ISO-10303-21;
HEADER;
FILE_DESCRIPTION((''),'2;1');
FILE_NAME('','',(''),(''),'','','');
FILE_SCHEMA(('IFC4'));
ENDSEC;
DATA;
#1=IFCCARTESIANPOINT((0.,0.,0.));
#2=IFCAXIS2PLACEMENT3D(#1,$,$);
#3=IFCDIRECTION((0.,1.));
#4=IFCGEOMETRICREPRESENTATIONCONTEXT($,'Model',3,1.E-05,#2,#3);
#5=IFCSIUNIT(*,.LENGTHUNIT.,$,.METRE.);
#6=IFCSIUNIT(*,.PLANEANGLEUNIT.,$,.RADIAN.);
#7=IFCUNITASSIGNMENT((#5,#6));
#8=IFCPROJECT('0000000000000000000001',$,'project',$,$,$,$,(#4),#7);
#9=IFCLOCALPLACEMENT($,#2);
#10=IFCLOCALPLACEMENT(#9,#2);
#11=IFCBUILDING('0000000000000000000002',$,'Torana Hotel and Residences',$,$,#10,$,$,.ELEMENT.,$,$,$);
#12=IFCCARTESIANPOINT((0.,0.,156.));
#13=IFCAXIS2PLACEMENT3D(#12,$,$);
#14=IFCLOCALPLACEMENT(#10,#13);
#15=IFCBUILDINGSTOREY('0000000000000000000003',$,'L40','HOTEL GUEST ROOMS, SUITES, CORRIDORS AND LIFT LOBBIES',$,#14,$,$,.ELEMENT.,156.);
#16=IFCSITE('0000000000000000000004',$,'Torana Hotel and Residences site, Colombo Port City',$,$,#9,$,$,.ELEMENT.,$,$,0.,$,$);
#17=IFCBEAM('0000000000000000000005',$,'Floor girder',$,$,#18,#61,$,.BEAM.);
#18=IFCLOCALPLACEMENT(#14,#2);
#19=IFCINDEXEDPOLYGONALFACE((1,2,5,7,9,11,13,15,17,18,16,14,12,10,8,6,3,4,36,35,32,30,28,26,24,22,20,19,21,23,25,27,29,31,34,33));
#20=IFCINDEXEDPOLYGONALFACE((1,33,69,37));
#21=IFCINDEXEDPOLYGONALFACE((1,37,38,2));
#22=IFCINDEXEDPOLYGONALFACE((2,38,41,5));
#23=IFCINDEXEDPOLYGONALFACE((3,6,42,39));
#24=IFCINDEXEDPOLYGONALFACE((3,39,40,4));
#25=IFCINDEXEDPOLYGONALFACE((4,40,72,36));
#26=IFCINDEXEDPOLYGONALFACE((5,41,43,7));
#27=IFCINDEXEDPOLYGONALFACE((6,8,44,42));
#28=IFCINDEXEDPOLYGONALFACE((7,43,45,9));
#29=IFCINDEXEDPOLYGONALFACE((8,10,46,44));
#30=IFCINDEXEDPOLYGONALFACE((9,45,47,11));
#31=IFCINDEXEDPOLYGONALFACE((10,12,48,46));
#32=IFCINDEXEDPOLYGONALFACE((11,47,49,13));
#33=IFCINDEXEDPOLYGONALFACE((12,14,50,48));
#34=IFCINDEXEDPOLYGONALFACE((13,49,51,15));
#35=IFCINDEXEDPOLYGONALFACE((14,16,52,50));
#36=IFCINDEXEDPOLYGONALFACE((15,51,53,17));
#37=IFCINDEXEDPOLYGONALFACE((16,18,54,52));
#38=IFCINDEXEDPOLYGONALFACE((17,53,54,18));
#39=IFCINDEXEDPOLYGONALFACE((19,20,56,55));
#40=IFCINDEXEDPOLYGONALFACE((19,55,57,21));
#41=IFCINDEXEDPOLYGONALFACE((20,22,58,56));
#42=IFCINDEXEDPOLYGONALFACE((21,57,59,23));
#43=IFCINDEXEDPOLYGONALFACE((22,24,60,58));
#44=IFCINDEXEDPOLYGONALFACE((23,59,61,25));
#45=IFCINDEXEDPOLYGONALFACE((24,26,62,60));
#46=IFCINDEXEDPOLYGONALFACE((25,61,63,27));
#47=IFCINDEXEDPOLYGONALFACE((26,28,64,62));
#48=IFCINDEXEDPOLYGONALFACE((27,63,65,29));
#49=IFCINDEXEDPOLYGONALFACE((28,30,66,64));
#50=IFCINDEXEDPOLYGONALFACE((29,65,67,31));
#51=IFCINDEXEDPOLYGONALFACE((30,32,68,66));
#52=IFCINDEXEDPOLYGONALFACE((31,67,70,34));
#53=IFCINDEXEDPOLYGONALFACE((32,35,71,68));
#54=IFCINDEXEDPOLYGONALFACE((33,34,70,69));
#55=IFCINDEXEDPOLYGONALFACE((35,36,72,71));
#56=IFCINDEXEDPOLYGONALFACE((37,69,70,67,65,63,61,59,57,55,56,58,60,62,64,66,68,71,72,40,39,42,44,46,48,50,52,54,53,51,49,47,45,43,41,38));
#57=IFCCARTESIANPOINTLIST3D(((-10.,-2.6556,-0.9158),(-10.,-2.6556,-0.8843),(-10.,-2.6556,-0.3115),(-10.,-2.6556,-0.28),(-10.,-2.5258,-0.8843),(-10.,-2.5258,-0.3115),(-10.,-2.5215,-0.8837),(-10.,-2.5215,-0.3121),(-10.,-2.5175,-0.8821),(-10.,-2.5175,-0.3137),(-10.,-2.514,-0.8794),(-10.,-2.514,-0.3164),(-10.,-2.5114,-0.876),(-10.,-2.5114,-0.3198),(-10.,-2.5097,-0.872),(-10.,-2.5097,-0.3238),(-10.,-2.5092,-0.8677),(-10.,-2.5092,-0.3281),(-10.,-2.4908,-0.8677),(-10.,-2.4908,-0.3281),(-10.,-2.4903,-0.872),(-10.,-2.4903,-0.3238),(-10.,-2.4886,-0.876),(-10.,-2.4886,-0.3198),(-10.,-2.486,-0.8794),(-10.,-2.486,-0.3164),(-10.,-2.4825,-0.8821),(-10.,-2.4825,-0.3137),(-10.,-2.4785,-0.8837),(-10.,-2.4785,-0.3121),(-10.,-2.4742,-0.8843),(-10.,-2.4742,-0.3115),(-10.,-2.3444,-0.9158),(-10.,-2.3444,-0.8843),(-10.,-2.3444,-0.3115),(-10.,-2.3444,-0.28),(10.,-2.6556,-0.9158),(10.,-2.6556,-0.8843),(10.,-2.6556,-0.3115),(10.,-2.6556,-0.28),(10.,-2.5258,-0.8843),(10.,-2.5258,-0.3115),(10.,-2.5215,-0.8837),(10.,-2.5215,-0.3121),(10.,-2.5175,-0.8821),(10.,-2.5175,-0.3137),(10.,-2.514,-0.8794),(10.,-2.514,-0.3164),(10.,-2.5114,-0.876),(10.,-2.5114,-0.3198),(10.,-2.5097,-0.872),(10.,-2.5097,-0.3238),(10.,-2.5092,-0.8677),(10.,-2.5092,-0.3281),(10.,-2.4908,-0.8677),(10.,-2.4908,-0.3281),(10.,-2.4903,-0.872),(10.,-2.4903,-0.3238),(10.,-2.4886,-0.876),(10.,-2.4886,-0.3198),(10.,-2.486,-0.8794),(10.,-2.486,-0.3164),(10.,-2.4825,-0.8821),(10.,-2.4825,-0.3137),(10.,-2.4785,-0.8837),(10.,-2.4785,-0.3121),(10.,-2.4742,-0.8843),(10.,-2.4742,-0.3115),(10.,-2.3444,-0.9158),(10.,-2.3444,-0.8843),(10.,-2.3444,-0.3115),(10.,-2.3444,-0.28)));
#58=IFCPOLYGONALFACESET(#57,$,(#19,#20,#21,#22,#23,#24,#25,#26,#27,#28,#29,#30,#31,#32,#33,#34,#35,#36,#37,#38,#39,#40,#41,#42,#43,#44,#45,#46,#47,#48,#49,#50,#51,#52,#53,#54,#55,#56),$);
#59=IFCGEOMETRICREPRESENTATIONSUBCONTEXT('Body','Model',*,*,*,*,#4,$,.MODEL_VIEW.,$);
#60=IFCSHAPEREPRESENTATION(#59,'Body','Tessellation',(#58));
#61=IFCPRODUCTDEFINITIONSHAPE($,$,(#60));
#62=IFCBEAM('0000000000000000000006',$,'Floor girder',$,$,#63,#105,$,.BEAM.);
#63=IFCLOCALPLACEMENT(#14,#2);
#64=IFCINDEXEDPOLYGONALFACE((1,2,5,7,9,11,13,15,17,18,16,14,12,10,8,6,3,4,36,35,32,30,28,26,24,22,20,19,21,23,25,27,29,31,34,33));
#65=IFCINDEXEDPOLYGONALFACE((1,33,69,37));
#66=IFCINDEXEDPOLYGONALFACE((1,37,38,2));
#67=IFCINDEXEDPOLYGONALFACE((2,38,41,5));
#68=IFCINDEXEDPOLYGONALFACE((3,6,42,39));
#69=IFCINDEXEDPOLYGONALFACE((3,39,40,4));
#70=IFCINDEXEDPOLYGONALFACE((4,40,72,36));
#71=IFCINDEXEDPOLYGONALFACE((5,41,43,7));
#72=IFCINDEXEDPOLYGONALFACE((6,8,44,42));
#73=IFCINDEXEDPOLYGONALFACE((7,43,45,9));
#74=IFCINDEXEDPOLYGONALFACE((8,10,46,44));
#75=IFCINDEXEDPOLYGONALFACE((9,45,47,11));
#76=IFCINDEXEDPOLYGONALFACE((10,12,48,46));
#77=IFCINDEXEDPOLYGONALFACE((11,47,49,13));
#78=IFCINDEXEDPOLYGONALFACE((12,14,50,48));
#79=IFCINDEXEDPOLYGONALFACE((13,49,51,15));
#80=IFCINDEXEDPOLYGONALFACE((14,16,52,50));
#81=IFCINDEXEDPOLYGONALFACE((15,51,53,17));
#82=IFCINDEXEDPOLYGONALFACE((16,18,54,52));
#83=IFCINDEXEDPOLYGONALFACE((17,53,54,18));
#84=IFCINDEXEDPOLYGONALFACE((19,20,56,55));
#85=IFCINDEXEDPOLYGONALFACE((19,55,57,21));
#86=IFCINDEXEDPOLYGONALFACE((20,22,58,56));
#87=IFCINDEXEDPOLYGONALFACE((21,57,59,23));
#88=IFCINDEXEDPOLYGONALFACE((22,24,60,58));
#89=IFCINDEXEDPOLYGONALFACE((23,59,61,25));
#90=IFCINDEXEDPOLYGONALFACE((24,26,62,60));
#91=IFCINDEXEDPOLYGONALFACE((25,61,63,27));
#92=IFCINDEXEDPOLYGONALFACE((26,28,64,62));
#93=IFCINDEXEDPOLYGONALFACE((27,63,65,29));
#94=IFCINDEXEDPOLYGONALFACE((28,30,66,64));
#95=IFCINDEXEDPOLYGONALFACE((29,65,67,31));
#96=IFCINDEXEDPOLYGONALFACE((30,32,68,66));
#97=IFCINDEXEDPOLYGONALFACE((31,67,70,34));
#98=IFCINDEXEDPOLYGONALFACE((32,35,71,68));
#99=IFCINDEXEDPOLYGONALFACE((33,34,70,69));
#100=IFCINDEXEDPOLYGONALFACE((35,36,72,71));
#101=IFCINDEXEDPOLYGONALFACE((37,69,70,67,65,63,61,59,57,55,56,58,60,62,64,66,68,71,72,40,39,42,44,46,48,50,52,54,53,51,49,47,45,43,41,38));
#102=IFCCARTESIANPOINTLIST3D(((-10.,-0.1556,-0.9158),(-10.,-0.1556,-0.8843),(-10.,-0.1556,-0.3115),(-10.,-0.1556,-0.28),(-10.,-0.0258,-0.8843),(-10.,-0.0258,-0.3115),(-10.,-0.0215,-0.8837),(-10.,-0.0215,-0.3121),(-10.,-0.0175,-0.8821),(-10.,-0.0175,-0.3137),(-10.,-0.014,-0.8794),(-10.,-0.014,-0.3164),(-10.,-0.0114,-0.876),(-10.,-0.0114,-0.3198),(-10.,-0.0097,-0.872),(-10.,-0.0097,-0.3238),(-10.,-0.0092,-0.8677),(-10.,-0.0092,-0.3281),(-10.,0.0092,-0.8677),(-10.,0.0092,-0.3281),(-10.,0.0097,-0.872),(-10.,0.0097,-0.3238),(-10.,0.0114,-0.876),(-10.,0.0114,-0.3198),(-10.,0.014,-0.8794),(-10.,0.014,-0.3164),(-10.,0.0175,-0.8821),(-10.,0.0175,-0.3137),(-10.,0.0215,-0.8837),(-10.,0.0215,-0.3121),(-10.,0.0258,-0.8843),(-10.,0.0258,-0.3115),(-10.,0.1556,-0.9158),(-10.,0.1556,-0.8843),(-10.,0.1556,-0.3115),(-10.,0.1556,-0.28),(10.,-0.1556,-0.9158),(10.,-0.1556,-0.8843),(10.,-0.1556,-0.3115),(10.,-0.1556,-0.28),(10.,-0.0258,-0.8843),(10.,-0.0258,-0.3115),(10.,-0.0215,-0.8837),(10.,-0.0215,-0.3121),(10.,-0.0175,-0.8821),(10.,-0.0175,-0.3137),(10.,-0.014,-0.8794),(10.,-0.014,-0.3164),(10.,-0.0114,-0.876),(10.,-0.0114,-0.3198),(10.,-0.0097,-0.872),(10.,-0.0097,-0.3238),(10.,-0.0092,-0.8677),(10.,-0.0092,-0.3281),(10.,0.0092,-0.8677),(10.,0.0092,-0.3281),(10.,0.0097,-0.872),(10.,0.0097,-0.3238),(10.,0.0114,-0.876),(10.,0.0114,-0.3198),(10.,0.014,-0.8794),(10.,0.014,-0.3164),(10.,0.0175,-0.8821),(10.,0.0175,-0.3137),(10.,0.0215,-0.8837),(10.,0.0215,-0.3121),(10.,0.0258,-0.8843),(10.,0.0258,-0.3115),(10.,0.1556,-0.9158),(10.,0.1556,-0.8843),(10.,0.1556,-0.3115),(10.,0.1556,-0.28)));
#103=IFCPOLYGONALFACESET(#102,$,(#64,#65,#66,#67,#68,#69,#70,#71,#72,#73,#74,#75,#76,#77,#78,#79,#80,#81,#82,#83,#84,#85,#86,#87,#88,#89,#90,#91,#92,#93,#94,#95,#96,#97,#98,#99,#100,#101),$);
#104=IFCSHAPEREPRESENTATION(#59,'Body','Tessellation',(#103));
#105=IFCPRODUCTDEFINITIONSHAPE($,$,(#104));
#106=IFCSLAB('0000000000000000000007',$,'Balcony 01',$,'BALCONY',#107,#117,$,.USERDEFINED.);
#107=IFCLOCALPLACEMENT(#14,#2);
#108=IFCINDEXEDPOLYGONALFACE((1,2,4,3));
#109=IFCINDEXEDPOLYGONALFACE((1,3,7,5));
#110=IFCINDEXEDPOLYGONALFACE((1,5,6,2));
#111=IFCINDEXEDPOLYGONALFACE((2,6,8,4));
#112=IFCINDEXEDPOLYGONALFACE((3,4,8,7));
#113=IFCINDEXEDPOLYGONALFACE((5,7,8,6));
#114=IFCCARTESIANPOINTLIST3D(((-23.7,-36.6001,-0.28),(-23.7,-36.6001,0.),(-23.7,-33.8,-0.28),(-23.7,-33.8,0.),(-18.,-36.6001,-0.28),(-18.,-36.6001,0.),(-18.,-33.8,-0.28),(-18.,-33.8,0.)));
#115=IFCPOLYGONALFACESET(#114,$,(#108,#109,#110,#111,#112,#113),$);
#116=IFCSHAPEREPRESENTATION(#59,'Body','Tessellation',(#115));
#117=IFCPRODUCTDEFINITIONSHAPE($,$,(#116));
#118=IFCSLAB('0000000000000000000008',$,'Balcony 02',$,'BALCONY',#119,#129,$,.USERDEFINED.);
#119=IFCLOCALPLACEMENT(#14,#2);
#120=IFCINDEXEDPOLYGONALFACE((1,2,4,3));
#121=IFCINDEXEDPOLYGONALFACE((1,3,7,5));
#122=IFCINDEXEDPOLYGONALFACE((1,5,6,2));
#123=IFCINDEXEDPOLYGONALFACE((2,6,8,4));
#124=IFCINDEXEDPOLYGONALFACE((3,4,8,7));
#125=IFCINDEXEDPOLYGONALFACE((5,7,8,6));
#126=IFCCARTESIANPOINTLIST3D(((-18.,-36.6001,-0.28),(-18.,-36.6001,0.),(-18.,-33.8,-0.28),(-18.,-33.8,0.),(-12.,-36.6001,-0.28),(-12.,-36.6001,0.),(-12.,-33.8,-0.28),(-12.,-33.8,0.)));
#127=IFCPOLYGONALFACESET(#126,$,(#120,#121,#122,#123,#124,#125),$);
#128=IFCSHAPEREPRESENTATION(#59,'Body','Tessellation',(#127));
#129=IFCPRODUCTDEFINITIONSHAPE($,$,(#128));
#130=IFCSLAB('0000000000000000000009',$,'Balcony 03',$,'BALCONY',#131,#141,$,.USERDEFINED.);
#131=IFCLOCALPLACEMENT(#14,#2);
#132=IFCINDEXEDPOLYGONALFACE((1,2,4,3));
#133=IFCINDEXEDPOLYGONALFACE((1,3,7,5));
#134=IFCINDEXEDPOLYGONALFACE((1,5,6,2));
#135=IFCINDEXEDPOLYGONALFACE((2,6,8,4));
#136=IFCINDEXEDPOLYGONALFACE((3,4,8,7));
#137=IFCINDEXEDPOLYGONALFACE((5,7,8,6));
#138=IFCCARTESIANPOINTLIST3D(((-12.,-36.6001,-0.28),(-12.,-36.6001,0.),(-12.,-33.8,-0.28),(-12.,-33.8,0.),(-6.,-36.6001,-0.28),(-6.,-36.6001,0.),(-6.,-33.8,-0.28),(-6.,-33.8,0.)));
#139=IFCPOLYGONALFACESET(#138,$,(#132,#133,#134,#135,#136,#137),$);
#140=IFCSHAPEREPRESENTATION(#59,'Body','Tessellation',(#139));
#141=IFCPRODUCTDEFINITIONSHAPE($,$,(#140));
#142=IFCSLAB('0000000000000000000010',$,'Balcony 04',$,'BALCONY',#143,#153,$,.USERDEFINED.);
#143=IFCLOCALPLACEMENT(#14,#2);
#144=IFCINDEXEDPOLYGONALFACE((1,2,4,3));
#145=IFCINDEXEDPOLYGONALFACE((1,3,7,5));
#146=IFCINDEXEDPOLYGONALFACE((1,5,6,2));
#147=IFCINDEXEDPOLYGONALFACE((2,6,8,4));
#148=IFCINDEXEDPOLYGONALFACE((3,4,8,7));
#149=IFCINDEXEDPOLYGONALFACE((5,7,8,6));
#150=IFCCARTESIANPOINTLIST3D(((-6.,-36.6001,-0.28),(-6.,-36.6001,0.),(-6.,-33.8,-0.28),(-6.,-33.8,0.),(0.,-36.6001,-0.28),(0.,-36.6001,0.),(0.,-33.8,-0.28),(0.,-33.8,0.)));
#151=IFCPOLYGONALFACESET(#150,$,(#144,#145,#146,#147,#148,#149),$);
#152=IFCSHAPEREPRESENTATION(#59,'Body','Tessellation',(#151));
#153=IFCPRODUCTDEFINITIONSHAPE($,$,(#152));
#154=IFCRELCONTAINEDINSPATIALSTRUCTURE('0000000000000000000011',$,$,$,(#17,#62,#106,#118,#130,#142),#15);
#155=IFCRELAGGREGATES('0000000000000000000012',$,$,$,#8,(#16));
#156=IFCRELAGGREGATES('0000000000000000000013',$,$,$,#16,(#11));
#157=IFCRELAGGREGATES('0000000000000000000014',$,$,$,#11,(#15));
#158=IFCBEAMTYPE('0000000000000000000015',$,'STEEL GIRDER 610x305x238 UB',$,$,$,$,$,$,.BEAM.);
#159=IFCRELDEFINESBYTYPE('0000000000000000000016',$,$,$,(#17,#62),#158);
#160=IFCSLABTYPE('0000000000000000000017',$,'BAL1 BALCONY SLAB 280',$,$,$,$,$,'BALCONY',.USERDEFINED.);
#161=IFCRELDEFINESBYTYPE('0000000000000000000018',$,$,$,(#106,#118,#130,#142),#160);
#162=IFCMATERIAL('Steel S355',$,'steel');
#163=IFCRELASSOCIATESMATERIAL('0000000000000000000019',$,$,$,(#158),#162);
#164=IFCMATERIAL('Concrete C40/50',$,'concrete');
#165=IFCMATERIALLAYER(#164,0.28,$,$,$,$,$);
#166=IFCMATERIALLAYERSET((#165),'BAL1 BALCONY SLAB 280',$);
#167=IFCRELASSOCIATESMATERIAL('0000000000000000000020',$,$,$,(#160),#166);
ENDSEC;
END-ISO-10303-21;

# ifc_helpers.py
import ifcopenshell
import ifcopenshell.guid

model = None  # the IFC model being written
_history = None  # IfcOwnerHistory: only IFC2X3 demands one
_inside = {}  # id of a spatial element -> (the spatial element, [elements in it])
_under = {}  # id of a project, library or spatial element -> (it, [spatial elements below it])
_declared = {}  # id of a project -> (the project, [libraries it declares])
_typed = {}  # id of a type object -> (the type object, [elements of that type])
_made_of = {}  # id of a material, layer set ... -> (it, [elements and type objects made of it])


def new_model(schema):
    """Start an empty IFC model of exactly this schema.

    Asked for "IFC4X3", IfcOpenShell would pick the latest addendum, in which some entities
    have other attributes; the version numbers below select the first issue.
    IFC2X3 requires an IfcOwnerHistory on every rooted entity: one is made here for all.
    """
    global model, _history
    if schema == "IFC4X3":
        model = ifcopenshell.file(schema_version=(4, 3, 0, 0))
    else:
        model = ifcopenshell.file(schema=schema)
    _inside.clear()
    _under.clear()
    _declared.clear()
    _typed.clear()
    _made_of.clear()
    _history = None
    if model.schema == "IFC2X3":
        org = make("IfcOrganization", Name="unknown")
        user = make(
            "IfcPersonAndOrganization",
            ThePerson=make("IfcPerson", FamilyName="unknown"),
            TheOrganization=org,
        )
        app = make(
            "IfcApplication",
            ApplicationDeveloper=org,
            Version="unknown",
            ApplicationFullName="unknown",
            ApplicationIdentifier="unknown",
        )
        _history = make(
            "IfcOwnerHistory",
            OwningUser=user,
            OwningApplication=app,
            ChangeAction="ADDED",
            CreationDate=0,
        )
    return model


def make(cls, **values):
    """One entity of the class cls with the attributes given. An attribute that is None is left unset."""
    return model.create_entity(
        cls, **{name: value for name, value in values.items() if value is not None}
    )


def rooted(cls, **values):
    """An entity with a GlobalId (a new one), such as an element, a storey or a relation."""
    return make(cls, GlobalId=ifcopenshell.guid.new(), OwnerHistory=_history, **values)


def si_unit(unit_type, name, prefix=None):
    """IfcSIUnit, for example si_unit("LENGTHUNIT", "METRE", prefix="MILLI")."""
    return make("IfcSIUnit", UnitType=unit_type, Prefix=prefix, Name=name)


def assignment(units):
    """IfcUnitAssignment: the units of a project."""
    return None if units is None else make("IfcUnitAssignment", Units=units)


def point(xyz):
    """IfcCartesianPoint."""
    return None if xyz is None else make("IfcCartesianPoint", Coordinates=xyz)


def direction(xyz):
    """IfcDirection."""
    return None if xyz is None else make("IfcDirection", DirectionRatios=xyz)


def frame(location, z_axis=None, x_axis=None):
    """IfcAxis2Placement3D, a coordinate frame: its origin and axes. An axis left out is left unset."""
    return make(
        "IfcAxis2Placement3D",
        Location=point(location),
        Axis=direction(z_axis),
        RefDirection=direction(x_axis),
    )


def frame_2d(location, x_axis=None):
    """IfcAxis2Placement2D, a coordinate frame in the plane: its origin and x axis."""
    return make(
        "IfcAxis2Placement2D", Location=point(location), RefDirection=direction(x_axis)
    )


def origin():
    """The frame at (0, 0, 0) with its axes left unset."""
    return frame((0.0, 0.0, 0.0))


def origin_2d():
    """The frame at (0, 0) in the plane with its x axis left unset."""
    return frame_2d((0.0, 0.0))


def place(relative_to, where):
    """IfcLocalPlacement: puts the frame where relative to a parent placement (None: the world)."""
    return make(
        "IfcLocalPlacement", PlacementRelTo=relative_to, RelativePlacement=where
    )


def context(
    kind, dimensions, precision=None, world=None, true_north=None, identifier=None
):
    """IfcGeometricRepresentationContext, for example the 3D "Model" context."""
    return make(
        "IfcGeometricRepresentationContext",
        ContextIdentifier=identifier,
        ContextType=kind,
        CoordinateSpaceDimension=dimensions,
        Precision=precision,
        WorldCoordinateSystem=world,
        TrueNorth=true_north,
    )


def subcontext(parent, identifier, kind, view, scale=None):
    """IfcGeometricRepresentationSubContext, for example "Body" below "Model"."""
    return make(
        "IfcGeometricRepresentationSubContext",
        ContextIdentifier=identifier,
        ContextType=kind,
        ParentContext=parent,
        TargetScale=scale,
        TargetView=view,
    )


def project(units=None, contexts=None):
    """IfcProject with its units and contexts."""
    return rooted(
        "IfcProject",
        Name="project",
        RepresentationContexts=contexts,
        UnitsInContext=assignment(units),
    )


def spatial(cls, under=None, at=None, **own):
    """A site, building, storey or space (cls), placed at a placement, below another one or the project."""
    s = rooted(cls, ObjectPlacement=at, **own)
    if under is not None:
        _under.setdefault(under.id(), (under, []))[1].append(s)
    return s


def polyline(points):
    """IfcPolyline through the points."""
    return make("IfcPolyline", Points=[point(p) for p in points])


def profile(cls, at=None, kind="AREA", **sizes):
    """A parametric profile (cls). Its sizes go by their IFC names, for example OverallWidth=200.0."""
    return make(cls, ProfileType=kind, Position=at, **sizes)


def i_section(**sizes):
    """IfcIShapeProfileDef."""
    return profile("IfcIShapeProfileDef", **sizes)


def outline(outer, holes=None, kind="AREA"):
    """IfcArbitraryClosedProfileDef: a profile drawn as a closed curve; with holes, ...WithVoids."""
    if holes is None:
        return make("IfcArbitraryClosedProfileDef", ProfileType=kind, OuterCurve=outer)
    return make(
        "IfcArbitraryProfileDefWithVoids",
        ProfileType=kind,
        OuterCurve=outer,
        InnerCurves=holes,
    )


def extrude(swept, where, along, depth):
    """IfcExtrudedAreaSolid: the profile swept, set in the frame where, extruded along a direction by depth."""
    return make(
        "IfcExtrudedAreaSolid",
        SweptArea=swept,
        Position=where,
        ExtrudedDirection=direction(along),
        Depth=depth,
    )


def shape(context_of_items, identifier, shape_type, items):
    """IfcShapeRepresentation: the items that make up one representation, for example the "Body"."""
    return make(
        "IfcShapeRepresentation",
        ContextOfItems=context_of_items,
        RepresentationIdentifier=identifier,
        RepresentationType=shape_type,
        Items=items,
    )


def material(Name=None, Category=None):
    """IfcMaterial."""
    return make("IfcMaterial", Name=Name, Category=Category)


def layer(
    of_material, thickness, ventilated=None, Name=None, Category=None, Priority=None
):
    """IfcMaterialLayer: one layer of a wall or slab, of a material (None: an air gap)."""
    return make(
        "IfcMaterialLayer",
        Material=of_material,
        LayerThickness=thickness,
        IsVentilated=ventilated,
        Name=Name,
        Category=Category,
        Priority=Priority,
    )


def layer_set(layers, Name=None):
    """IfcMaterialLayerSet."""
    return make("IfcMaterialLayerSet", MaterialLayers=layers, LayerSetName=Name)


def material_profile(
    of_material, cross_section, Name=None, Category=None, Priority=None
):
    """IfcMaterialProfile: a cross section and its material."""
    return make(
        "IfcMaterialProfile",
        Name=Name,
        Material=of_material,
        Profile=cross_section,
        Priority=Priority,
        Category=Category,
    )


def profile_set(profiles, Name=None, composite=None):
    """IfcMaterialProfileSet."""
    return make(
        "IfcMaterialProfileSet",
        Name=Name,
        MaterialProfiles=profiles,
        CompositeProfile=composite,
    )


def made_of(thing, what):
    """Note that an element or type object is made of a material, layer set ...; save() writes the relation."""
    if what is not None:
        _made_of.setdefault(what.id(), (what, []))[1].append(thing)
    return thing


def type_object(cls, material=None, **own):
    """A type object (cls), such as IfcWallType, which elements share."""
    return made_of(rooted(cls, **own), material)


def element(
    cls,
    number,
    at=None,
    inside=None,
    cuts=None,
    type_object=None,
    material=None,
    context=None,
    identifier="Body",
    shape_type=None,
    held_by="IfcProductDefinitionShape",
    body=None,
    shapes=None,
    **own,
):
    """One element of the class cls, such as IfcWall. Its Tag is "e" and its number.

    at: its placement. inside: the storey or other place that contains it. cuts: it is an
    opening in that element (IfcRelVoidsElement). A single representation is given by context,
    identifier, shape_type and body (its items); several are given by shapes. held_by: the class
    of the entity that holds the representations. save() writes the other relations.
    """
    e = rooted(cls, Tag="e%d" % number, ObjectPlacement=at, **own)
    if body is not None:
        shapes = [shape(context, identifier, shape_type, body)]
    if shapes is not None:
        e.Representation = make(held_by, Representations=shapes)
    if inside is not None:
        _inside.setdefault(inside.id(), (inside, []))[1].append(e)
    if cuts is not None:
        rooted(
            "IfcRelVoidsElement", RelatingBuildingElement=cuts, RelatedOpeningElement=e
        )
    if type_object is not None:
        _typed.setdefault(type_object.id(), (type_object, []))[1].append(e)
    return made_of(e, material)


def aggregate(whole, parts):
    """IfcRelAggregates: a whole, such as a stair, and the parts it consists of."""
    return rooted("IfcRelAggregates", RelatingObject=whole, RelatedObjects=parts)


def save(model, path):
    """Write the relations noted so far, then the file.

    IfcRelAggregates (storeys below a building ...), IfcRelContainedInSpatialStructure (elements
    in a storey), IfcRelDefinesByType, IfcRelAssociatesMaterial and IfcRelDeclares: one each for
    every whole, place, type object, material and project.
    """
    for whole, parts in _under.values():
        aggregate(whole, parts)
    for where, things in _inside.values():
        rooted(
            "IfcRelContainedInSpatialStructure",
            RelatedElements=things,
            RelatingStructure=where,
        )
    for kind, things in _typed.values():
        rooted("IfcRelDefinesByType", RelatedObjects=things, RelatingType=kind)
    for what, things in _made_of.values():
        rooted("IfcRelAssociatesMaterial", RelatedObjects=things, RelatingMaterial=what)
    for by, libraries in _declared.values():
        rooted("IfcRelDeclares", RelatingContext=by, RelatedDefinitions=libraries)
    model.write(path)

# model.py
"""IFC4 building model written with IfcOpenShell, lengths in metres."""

from ifc_helpers import new_model, si_unit, direction, frame, origin, origin_2d, place, context, subcontext, project, spatial, polyline, i_section, outline, extrude, material, layer, layer_set, material_profile, profile_set, type_object, element, save


model = new_model("IFC4")

# Units and contexts
model_context = context("Model", 3, precision=1e-05, world=origin(), true_north=direction((0.0, 1.0)))
body_context = subcontext(model_context, "Body", "Model", "MODEL_VIEW")
ifc_project = project(units=[si_unit("LENGTHUNIT", "METRE"), si_unit("PLANEANGLEUNIT", "RADIAN")], contexts=[model_context])

# Site, building, storey
site_placement = place(None, origin())
site = spatial("IfcSite", under=ifc_project, at=site_placement, Name="Torana Hotel and Residences site, Colombo Port City", CompositionType="ELEMENT", RefElevation=0.0)
building_placement = place(site_placement, origin())
building = spatial("IfcBuilding", under=site, at=building_placement, Name="Torana Hotel and Residences", CompositionType="ELEMENT")
storey_placement = place(building_placement, frame((0.0, 0.0, 156.0)))
storey = spatial("IfcBuildingStorey", under=building, at=storey_placement, Name="L40", Description="HOTEL GUEST ROOMS, SUITES, CORRIDORS AND LIFT LOBBIES", CompositionType="ELEMENT", Elevation=156.0)

# Beams
ifc_material_1 = material(Name="Steel S355", Category="steel")
ifc_material_profile = material_profile(ifc_material_1, i_section(OverallWidth=0.3113, OverallDepth=0.6357, WebThickness=0.0183, FlangeThickness=0.0315, FilletRadius=0.0166, at=origin_2d()), Name="610x305x238 UB")
ifc_profile_set = profile_set([ifc_material_profile], Name="Steel S355")
beam_type = type_object("IfcBeamType", Name="STEEL GIRDER 610x305x238 UB", PredefinedType="BEAM", material=ifc_profile_set)
for number, where, z_axis, x_axis, name in (
    (1, (-10.0, -2.5, -0.5979), (1.0, 0.0, 0.0), (0.0, 1.0, 0.0), "Floor girder"),
    (2, (-10.0, 0.0, -0.5979), (1.0, 0.0, 0.0), (0.0, 1.0, 0.0), "Floor girder"),
):
    element("IfcBeam", number, at=place(storey_placement, frame(where, z_axis=z_axis, x_axis=x_axis)), inside=storey, type_object=beam_type, Name=name, PredefinedType="BEAM", context=body_context, shape_type="SweptSolid", body=[
        extrude(i_section(OverallWidth=0.3113, OverallDepth=0.6357, WebThickness=0.0183, FlangeThickness=0.0315, FilletRadius=0.0166, at=origin_2d()), origin(), (0.0, 0.0, 1.0), 20.0),
    ])

# Slabs
ifc_material_2 = material(Name="Concrete C40/50", Category="concrete")
ifc_layer_1 = layer(ifc_material_2, 0.28)
ifc_layer_set_1 = layer_set([ifc_layer_1], Name="BAL1 BALCONY SLAB 280")
slab_type_1 = type_object("IfcSlabType", Name="BAL1 BALCONY SLAB 280", ElementType="BALCONY", PredefinedType="USERDEFINED", material=ifc_layer_set_1)
slab_1_placement = place(storey_placement, frame((0.0, 0.0, -0.28)))
element("IfcSlab", 3, at=slab_1_placement, inside=storey, type_object=slab_type_1, Name="Balcony 01", ObjectType="BALCONY", PredefinedType="USERDEFINED", context=body_context, shape_type="SweptSolid", body=[
    extrude(outline(polyline([(-23.7, -36.6001), (-18.0, -36.6001), (-18.0, -33.8), (-23.7, -33.8), (-23.7, -36.6001)])), origin(), (0.0, 0.0, 1.0), 0.28),
])
slab_2_placement = place(storey_placement, frame((0.0, 0.0, -0.28)))
element("IfcSlab", 4, at=slab_2_placement, inside=storey, type_object=slab_type_1, Name="Balcony 02", ObjectType="BALCONY", PredefinedType="USERDEFINED", context=body_context, shape_type="SweptSolid", body=[
    extrude(outline(polyline([(-18.0, -36.6001), (-12.0, -36.6001), (-12.0, -33.8), (-18.0, -33.8), (-18.0, -36.6001)])), origin(), (0.0, 0.0, 1.0), 0.28),
])
slab_3_placement = place(storey_placement, frame((0.0, 0.0, -0.28)))
element("IfcSlab", 5, at=slab_3_placement, inside=storey, type_object=slab_type_1, Name="Balcony 03", ObjectType="BALCONY", PredefinedType="USERDEFINED", context=body_context, shape_type="SweptSolid", body=[
    extrude(outline(polyline([(-12.0, -36.6001), (-6.0, -36.6001), (-6.0, -33.8), (-12.0, -33.8), (-12.0, -36.6001)])), origin(), (0.0, 0.0, 1.0), 0.28),
])
slab_4_placement = place(storey_placement, frame((0.0, 0.0, -0.28)))
element("IfcSlab", 6, at=slab_4_placement, inside=storey, type_object=slab_type_1, Name="Balcony 04", ObjectType="BALCONY", PredefinedType="USERDEFINED", context=body_context, shape_type="SweptSolid", body=[
    extrude(outline(polyline([(-6.0, -36.6001), (0.0, -36.6001), (0.0, -33.8), (-6.0, -33.8), (-6.0, -36.6001)])), origin(), (0.0, 0.0, 1.0), 0.28),
])

save(model, "model.ifc")
